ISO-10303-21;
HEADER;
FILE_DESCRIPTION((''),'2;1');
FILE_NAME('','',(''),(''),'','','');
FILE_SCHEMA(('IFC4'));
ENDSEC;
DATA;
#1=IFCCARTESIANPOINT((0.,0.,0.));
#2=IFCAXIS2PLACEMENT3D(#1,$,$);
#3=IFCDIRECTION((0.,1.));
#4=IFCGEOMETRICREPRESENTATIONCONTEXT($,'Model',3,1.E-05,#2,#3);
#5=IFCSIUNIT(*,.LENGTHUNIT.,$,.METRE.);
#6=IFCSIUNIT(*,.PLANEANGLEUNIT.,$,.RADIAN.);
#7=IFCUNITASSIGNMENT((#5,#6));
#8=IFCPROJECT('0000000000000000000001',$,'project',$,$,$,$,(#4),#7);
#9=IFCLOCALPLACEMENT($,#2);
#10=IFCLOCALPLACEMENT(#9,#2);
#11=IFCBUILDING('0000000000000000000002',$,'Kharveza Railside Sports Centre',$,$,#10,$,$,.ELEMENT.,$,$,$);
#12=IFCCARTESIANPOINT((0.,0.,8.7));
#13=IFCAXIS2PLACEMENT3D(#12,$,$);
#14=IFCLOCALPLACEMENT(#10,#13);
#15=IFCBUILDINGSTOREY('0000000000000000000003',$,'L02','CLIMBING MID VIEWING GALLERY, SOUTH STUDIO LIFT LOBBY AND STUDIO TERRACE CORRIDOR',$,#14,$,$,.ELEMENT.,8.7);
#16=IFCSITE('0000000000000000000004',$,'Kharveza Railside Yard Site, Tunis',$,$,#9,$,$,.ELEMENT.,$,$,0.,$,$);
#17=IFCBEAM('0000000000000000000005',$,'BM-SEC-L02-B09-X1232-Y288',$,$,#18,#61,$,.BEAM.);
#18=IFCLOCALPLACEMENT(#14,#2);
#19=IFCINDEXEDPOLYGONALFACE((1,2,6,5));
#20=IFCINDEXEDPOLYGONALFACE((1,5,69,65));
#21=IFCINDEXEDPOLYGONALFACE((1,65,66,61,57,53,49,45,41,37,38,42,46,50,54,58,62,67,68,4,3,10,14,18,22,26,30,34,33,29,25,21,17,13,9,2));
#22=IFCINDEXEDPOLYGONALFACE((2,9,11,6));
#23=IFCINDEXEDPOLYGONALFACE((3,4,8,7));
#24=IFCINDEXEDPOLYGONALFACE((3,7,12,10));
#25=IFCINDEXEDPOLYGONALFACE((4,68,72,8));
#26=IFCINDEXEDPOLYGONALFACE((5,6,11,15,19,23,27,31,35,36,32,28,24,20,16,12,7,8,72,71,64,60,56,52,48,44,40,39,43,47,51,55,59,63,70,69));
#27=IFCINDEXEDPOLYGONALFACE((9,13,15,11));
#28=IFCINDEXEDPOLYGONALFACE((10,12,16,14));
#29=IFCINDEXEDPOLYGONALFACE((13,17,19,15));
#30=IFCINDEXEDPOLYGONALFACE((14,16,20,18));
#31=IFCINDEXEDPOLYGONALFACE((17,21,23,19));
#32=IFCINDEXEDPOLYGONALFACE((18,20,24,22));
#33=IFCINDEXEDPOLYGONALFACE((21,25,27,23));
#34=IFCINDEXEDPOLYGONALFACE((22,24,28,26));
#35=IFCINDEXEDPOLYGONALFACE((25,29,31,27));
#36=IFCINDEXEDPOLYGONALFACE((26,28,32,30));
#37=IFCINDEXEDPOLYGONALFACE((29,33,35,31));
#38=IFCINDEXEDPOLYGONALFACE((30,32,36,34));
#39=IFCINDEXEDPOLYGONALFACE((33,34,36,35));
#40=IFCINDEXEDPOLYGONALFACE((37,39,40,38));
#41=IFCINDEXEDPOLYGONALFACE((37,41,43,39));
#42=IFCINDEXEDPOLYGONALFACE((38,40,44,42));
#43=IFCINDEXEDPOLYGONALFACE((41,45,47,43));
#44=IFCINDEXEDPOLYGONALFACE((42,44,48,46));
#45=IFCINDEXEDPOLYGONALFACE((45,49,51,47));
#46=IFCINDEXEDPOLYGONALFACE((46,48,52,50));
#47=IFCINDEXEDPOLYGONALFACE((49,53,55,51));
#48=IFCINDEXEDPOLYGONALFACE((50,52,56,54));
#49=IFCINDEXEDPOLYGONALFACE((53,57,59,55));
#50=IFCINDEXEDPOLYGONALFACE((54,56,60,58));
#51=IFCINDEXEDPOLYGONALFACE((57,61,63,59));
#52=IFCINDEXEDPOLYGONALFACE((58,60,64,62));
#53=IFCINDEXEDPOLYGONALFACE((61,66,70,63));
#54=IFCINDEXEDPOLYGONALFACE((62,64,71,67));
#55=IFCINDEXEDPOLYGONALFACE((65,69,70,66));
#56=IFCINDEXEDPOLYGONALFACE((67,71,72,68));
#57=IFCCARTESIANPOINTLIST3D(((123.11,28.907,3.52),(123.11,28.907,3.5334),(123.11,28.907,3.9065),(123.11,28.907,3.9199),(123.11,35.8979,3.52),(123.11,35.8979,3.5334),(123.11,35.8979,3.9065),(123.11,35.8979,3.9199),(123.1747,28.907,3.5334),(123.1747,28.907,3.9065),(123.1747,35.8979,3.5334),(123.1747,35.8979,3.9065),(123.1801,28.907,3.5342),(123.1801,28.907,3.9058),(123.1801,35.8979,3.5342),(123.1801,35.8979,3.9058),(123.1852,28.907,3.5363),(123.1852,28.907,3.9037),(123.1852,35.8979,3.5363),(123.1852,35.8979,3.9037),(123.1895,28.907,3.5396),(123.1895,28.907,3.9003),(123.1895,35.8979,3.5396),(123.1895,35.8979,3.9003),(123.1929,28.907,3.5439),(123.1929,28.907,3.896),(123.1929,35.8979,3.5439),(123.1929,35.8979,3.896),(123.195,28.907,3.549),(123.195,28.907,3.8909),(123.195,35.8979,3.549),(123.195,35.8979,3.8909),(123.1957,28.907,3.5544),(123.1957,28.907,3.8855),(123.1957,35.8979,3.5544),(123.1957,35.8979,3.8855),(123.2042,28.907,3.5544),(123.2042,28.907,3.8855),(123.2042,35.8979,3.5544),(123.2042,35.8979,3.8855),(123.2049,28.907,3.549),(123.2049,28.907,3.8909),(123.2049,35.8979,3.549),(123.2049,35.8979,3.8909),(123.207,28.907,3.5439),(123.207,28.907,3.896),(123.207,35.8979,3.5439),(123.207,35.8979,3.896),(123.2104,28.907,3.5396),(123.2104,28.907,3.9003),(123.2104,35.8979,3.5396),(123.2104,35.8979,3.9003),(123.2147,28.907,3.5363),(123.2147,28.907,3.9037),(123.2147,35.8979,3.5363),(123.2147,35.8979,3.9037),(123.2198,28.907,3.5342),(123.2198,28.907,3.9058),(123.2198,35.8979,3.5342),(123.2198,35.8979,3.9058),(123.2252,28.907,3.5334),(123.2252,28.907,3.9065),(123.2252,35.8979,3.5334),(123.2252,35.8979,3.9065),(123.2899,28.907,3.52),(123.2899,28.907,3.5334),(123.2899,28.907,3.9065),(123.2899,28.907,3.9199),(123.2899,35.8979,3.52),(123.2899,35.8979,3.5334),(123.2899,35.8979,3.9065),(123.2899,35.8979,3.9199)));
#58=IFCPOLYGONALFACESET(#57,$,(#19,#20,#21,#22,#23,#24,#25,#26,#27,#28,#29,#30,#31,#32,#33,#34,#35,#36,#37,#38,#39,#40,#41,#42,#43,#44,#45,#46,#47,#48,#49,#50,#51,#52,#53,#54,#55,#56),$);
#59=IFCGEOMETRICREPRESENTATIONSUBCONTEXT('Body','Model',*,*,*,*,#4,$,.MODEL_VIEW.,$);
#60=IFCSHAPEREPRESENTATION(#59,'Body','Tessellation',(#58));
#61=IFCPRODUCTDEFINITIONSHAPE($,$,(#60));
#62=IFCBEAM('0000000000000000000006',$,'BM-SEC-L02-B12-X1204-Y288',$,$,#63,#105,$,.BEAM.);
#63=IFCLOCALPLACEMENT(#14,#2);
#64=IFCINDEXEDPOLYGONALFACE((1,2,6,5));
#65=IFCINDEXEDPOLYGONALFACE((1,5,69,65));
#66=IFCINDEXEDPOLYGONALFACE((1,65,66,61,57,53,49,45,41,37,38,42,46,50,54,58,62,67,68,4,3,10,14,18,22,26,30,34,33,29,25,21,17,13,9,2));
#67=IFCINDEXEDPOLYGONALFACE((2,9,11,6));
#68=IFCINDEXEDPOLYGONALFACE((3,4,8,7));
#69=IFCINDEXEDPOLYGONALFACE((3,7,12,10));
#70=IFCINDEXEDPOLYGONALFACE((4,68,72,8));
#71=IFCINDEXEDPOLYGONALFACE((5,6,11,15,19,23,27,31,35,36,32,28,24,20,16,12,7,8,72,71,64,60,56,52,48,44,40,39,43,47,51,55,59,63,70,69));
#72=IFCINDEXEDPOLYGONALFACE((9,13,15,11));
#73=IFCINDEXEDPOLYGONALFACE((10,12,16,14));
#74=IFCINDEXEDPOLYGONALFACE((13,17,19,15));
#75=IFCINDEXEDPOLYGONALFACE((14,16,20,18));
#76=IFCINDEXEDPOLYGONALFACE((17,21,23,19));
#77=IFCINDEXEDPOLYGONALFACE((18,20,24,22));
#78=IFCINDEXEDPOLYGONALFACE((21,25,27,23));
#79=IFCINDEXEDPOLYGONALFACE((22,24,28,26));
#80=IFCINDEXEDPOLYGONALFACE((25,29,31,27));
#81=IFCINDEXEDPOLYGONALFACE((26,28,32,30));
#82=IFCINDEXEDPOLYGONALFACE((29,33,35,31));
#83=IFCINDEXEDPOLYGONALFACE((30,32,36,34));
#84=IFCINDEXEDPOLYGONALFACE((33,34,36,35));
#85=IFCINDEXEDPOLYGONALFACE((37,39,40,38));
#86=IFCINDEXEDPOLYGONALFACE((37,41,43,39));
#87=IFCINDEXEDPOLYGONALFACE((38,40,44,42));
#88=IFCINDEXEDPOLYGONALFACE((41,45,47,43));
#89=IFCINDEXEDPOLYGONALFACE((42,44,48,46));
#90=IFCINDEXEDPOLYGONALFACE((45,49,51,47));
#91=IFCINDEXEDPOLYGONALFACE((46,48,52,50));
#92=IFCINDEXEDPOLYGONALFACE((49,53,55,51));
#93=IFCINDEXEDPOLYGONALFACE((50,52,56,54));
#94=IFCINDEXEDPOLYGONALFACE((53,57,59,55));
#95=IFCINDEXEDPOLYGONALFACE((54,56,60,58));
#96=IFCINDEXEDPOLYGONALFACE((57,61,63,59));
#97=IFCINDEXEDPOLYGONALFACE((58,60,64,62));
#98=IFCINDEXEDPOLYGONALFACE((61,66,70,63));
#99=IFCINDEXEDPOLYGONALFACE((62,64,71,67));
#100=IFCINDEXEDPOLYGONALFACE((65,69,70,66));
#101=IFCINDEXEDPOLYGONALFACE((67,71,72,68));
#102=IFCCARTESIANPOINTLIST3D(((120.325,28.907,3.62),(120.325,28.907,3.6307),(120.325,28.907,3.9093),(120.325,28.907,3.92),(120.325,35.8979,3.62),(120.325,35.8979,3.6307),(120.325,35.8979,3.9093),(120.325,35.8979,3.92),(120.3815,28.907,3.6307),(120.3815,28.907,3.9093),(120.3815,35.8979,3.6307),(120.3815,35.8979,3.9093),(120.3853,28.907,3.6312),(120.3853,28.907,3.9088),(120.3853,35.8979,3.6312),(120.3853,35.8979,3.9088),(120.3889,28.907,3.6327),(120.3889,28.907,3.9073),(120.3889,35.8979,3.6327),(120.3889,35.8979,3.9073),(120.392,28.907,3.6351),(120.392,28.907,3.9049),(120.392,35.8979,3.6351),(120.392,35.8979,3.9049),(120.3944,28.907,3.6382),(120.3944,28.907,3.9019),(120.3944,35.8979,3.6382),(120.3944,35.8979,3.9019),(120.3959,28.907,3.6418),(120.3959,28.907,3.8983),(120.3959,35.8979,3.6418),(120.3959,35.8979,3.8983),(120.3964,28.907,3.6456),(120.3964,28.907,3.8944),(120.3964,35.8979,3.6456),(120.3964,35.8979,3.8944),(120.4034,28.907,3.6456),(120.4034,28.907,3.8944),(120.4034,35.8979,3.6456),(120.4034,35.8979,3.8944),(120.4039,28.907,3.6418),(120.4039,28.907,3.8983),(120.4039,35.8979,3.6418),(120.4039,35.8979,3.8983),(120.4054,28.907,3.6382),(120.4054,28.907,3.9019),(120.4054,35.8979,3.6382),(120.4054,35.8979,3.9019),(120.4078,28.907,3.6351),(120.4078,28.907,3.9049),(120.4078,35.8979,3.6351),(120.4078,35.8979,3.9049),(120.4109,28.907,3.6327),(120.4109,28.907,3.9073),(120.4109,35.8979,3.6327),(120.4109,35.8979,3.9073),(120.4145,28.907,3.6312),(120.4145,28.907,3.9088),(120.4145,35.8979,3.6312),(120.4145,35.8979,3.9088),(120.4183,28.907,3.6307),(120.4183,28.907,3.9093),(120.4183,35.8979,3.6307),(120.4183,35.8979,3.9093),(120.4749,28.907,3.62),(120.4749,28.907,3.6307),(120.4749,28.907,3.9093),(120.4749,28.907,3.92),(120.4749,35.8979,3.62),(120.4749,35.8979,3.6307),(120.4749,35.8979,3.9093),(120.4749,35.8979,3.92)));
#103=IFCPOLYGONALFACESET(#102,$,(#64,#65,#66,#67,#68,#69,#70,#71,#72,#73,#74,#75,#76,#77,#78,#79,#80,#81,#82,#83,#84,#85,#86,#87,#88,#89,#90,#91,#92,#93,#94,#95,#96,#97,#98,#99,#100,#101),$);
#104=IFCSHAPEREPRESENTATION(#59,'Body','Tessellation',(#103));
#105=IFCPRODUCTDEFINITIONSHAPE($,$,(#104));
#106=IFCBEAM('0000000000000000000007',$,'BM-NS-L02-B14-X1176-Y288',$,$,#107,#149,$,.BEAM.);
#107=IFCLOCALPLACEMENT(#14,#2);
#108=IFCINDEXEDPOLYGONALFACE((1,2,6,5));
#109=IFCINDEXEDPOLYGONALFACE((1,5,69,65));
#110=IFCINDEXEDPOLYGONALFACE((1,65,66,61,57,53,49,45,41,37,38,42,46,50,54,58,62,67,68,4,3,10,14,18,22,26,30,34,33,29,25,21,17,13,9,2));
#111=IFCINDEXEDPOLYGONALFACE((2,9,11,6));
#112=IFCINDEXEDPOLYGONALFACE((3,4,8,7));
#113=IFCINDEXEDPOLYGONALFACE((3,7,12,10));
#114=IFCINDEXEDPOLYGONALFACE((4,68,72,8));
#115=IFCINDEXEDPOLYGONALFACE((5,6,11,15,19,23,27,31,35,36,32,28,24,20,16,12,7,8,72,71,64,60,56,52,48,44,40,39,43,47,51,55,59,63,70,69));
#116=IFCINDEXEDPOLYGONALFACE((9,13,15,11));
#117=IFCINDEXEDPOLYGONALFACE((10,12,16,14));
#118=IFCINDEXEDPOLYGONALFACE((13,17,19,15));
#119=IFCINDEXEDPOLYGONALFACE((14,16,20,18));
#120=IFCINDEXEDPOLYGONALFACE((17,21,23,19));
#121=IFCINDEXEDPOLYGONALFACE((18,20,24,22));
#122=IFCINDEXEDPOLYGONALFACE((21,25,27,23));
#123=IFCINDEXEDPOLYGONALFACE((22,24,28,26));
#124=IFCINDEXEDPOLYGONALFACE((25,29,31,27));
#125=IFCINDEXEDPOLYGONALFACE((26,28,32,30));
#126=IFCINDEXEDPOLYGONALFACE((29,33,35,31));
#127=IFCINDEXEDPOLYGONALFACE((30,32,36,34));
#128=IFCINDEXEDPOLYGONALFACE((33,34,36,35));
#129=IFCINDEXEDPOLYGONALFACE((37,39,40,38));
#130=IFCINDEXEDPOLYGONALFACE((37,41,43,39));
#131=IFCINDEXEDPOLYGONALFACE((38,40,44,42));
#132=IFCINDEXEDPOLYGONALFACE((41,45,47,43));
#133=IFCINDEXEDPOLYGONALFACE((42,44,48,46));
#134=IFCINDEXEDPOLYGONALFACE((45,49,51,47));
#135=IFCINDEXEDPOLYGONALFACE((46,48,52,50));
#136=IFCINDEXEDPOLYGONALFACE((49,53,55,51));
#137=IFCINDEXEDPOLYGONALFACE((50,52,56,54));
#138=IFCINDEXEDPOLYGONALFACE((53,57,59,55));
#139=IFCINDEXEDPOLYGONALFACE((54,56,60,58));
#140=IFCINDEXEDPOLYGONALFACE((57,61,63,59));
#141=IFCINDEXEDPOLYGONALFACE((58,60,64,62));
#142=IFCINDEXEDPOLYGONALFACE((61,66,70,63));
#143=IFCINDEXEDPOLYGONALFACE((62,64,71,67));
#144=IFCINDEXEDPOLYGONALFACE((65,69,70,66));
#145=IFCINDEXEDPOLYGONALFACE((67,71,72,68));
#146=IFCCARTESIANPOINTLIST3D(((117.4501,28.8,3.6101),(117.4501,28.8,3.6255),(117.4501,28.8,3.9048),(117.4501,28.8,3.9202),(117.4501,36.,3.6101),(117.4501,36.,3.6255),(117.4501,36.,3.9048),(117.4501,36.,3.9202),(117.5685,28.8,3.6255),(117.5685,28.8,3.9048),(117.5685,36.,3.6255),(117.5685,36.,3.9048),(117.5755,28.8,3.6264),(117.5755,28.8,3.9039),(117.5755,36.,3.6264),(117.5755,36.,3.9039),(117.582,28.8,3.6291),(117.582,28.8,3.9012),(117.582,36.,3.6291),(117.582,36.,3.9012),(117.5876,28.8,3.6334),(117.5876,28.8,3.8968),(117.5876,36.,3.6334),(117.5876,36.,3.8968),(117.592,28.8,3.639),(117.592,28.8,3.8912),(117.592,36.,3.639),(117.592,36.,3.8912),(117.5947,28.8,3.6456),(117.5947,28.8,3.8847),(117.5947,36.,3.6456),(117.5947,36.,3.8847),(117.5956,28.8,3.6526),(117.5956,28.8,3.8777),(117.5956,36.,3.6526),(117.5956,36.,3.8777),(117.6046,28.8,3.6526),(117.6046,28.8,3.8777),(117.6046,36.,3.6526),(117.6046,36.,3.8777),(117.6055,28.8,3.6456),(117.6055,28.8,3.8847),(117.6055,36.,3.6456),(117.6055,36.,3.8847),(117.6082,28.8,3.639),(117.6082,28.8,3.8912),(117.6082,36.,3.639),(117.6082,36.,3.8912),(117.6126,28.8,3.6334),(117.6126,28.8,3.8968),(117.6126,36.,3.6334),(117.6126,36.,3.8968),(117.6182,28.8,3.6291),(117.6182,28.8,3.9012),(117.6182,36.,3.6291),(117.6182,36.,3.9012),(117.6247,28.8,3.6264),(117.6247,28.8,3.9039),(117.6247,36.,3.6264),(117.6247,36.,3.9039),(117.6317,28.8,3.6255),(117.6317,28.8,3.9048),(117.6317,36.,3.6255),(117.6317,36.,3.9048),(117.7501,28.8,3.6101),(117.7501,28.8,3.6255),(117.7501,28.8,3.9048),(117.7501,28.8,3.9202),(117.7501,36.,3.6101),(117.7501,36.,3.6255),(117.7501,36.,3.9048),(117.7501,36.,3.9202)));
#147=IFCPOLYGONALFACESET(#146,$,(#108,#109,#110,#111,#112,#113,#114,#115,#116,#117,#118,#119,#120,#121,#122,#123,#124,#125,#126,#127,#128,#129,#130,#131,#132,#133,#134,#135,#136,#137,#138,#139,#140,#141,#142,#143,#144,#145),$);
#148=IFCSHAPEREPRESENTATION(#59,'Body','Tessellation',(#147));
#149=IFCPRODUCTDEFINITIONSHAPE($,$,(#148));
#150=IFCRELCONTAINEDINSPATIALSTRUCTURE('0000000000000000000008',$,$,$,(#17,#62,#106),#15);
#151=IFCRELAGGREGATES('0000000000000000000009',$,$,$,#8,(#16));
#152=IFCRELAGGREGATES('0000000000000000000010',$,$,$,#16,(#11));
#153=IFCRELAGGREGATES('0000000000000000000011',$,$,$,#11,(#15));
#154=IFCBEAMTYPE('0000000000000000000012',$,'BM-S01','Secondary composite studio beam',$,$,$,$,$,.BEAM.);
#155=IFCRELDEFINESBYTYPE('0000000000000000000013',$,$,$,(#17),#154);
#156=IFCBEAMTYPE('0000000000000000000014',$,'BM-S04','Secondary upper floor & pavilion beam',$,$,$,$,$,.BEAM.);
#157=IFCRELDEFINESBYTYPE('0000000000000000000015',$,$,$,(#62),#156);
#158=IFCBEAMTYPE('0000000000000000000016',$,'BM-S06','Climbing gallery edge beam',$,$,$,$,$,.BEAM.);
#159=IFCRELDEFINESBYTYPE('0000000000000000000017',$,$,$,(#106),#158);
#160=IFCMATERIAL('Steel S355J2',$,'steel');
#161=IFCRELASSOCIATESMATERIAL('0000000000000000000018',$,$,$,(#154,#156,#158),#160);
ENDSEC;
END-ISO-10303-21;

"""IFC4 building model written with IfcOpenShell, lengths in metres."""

from ifc_helpers import new_model, si_unit, direction, frame, origin, origin_2d, place, context, subcontext, project, spatial, i_section, extrude, material, material_profile, profile_set, type_object, element, save


model = new_model("IFC4")

# Units and contexts
model_context = context("Model", 3, precision=1e-05, world=origin(), true_north=direction((0.0, 1.0)))
body_context = subcontext(model_context, "Body", "Model", "MODEL_VIEW")
ifc_project = project(units=[si_unit("LENGTHUNIT", "METRE"), si_unit("PLANEANGLEUNIT", "RADIAN")], contexts=[model_context])

# Site, building, storey
site_placement = place(None, origin())
site = spatial("IfcSite", under=ifc_project, at=site_placement, Name="Kharveza Railside Yard Site, Tunis", CompositionType="ELEMENT", RefElevation=0.0)
building_placement = place(site_placement, origin())
building = spatial("IfcBuilding", under=site, at=building_placement, Name="Kharveza Railside Sports Centre", CompositionType="ELEMENT")
storey_placement = place(building_placement, frame((0.0, 0.0, 8.7)))
storey = spatial("IfcBuildingStorey", under=building, at=storey_placement, Name="L02", Description="CLIMBING MID VIEWING GALLERY, SOUTH STUDIO LIFT LOBBY AND STUDIO TERRACE CORRIDOR", CompositionType="ELEMENT", Elevation=8.7)

# Shared definitions
ifc_material_1 = material(Name="Steel S355J2", Category="steel")

# Beams
ifc_material_profile_1 = material_profile(ifc_material_1, i_section(OverallWidth=0.1799, OverallDepth=0.3999, WebThickness=0.0085, FlangeThickness=0.0134, FilletRadius=0.021, at=origin_2d()), Name="IPE 400")
ifc_profile_set_1 = profile_set([ifc_material_profile_1], Name="Steel S355J2")
beam_type_1 = type_object("IfcBeamType", Name="BM-S01", Description="Secondary composite studio beam", PredefinedType="BEAM", material=ifc_profile_set_1)
beam_1_placement = place(storey_placement, frame((123.2, 28.907, 3.72), z_axis=(0.0, 1.0, 0.0), x_axis=(-1.0, 0.0, 0.0)))
element("IfcBeam", 1, at=beam_1_placement, inside=storey, type_object=beam_type_1, Name="BM-SEC-L02-B09-X1232-Y288", PredefinedType="BEAM", context=body_context, shape_type="SweptSolid", body=[
    extrude(i_section(OverallWidth=0.1799, OverallDepth=0.3999, WebThickness=0.0085, FlangeThickness=0.0134, FilletRadius=0.021, at=origin_2d()), origin(), (0.0, 0.0, 1.0), 6.991),
])
ifc_material_profile_2 = material_profile(ifc_material_1, i_section(OverallWidth=0.1499, OverallDepth=0.3, WebThickness=0.0071, FlangeThickness=0.0107, FilletRadius=0.0149, at=origin_2d()), Name="IPE 300")
ifc_profile_set_2 = profile_set([ifc_material_profile_2], Name="Steel S355J2")
beam_type_2 = type_object("IfcBeamType", Name="BM-S04", Description="Secondary upper floor & pavilion beam", PredefinedType="BEAM", material=ifc_profile_set_2)
beam_2_placement = place(storey_placement, frame((120.3999, 28.907, 3.77), z_axis=(0.0, 1.0, 0.0), x_axis=(-1.0, 0.0, 0.0)))
element("IfcBeam", 2, at=beam_2_placement, inside=storey, type_object=beam_type_2, Name="BM-SEC-L02-B12-X1204-Y288", PredefinedType="BEAM", context=body_context, shape_type="SweptSolid", body=[
    extrude(i_section(OverallWidth=0.1499, OverallDepth=0.3, WebThickness=0.0071, FlangeThickness=0.0107, FilletRadius=0.0149, at=origin_2d()), origin(), (0.0, 0.0, 1.0), 6.991),
])
ifc_material_profile_3 = material_profile(ifc_material_1, i_section(OverallWidth=0.3, OverallDepth=0.3101, WebThickness=0.009, FlangeThickness=0.0154, FilletRadius=0.0271, at=origin_2d()), Name="HEA 320")
ifc_profile_set_3 = profile_set([ifc_material_profile_3], Name="Steel S355J2")
beam_type_3 = type_object("IfcBeamType", Name="BM-S06", Description="Climbing gallery edge beam", PredefinedType="BEAM", material=ifc_profile_set_3)
beam_3_placement = place(storey_placement, frame((117.6001, 28.8, 3.7651), z_axis=(0.0, 1.0, 0.0), x_axis=(-1.0, 0.0, 0.0)))
element("IfcBeam", 3, at=beam_3_placement, inside=storey, type_object=beam_type_3, Name="BM-NS-L02-B14-X1176-Y288", PredefinedType="BEAM", context=body_context, shape_type="SweptSolid", body=[
    extrude(i_section(OverallWidth=0.3, OverallDepth=0.3101, WebThickness=0.009, FlangeThickness=0.0154, FilletRadius=0.0271, at=origin_2d()), origin(), (0.0, 0.0, 1.0), 7.2),
])

save(model, "model.ifc")
